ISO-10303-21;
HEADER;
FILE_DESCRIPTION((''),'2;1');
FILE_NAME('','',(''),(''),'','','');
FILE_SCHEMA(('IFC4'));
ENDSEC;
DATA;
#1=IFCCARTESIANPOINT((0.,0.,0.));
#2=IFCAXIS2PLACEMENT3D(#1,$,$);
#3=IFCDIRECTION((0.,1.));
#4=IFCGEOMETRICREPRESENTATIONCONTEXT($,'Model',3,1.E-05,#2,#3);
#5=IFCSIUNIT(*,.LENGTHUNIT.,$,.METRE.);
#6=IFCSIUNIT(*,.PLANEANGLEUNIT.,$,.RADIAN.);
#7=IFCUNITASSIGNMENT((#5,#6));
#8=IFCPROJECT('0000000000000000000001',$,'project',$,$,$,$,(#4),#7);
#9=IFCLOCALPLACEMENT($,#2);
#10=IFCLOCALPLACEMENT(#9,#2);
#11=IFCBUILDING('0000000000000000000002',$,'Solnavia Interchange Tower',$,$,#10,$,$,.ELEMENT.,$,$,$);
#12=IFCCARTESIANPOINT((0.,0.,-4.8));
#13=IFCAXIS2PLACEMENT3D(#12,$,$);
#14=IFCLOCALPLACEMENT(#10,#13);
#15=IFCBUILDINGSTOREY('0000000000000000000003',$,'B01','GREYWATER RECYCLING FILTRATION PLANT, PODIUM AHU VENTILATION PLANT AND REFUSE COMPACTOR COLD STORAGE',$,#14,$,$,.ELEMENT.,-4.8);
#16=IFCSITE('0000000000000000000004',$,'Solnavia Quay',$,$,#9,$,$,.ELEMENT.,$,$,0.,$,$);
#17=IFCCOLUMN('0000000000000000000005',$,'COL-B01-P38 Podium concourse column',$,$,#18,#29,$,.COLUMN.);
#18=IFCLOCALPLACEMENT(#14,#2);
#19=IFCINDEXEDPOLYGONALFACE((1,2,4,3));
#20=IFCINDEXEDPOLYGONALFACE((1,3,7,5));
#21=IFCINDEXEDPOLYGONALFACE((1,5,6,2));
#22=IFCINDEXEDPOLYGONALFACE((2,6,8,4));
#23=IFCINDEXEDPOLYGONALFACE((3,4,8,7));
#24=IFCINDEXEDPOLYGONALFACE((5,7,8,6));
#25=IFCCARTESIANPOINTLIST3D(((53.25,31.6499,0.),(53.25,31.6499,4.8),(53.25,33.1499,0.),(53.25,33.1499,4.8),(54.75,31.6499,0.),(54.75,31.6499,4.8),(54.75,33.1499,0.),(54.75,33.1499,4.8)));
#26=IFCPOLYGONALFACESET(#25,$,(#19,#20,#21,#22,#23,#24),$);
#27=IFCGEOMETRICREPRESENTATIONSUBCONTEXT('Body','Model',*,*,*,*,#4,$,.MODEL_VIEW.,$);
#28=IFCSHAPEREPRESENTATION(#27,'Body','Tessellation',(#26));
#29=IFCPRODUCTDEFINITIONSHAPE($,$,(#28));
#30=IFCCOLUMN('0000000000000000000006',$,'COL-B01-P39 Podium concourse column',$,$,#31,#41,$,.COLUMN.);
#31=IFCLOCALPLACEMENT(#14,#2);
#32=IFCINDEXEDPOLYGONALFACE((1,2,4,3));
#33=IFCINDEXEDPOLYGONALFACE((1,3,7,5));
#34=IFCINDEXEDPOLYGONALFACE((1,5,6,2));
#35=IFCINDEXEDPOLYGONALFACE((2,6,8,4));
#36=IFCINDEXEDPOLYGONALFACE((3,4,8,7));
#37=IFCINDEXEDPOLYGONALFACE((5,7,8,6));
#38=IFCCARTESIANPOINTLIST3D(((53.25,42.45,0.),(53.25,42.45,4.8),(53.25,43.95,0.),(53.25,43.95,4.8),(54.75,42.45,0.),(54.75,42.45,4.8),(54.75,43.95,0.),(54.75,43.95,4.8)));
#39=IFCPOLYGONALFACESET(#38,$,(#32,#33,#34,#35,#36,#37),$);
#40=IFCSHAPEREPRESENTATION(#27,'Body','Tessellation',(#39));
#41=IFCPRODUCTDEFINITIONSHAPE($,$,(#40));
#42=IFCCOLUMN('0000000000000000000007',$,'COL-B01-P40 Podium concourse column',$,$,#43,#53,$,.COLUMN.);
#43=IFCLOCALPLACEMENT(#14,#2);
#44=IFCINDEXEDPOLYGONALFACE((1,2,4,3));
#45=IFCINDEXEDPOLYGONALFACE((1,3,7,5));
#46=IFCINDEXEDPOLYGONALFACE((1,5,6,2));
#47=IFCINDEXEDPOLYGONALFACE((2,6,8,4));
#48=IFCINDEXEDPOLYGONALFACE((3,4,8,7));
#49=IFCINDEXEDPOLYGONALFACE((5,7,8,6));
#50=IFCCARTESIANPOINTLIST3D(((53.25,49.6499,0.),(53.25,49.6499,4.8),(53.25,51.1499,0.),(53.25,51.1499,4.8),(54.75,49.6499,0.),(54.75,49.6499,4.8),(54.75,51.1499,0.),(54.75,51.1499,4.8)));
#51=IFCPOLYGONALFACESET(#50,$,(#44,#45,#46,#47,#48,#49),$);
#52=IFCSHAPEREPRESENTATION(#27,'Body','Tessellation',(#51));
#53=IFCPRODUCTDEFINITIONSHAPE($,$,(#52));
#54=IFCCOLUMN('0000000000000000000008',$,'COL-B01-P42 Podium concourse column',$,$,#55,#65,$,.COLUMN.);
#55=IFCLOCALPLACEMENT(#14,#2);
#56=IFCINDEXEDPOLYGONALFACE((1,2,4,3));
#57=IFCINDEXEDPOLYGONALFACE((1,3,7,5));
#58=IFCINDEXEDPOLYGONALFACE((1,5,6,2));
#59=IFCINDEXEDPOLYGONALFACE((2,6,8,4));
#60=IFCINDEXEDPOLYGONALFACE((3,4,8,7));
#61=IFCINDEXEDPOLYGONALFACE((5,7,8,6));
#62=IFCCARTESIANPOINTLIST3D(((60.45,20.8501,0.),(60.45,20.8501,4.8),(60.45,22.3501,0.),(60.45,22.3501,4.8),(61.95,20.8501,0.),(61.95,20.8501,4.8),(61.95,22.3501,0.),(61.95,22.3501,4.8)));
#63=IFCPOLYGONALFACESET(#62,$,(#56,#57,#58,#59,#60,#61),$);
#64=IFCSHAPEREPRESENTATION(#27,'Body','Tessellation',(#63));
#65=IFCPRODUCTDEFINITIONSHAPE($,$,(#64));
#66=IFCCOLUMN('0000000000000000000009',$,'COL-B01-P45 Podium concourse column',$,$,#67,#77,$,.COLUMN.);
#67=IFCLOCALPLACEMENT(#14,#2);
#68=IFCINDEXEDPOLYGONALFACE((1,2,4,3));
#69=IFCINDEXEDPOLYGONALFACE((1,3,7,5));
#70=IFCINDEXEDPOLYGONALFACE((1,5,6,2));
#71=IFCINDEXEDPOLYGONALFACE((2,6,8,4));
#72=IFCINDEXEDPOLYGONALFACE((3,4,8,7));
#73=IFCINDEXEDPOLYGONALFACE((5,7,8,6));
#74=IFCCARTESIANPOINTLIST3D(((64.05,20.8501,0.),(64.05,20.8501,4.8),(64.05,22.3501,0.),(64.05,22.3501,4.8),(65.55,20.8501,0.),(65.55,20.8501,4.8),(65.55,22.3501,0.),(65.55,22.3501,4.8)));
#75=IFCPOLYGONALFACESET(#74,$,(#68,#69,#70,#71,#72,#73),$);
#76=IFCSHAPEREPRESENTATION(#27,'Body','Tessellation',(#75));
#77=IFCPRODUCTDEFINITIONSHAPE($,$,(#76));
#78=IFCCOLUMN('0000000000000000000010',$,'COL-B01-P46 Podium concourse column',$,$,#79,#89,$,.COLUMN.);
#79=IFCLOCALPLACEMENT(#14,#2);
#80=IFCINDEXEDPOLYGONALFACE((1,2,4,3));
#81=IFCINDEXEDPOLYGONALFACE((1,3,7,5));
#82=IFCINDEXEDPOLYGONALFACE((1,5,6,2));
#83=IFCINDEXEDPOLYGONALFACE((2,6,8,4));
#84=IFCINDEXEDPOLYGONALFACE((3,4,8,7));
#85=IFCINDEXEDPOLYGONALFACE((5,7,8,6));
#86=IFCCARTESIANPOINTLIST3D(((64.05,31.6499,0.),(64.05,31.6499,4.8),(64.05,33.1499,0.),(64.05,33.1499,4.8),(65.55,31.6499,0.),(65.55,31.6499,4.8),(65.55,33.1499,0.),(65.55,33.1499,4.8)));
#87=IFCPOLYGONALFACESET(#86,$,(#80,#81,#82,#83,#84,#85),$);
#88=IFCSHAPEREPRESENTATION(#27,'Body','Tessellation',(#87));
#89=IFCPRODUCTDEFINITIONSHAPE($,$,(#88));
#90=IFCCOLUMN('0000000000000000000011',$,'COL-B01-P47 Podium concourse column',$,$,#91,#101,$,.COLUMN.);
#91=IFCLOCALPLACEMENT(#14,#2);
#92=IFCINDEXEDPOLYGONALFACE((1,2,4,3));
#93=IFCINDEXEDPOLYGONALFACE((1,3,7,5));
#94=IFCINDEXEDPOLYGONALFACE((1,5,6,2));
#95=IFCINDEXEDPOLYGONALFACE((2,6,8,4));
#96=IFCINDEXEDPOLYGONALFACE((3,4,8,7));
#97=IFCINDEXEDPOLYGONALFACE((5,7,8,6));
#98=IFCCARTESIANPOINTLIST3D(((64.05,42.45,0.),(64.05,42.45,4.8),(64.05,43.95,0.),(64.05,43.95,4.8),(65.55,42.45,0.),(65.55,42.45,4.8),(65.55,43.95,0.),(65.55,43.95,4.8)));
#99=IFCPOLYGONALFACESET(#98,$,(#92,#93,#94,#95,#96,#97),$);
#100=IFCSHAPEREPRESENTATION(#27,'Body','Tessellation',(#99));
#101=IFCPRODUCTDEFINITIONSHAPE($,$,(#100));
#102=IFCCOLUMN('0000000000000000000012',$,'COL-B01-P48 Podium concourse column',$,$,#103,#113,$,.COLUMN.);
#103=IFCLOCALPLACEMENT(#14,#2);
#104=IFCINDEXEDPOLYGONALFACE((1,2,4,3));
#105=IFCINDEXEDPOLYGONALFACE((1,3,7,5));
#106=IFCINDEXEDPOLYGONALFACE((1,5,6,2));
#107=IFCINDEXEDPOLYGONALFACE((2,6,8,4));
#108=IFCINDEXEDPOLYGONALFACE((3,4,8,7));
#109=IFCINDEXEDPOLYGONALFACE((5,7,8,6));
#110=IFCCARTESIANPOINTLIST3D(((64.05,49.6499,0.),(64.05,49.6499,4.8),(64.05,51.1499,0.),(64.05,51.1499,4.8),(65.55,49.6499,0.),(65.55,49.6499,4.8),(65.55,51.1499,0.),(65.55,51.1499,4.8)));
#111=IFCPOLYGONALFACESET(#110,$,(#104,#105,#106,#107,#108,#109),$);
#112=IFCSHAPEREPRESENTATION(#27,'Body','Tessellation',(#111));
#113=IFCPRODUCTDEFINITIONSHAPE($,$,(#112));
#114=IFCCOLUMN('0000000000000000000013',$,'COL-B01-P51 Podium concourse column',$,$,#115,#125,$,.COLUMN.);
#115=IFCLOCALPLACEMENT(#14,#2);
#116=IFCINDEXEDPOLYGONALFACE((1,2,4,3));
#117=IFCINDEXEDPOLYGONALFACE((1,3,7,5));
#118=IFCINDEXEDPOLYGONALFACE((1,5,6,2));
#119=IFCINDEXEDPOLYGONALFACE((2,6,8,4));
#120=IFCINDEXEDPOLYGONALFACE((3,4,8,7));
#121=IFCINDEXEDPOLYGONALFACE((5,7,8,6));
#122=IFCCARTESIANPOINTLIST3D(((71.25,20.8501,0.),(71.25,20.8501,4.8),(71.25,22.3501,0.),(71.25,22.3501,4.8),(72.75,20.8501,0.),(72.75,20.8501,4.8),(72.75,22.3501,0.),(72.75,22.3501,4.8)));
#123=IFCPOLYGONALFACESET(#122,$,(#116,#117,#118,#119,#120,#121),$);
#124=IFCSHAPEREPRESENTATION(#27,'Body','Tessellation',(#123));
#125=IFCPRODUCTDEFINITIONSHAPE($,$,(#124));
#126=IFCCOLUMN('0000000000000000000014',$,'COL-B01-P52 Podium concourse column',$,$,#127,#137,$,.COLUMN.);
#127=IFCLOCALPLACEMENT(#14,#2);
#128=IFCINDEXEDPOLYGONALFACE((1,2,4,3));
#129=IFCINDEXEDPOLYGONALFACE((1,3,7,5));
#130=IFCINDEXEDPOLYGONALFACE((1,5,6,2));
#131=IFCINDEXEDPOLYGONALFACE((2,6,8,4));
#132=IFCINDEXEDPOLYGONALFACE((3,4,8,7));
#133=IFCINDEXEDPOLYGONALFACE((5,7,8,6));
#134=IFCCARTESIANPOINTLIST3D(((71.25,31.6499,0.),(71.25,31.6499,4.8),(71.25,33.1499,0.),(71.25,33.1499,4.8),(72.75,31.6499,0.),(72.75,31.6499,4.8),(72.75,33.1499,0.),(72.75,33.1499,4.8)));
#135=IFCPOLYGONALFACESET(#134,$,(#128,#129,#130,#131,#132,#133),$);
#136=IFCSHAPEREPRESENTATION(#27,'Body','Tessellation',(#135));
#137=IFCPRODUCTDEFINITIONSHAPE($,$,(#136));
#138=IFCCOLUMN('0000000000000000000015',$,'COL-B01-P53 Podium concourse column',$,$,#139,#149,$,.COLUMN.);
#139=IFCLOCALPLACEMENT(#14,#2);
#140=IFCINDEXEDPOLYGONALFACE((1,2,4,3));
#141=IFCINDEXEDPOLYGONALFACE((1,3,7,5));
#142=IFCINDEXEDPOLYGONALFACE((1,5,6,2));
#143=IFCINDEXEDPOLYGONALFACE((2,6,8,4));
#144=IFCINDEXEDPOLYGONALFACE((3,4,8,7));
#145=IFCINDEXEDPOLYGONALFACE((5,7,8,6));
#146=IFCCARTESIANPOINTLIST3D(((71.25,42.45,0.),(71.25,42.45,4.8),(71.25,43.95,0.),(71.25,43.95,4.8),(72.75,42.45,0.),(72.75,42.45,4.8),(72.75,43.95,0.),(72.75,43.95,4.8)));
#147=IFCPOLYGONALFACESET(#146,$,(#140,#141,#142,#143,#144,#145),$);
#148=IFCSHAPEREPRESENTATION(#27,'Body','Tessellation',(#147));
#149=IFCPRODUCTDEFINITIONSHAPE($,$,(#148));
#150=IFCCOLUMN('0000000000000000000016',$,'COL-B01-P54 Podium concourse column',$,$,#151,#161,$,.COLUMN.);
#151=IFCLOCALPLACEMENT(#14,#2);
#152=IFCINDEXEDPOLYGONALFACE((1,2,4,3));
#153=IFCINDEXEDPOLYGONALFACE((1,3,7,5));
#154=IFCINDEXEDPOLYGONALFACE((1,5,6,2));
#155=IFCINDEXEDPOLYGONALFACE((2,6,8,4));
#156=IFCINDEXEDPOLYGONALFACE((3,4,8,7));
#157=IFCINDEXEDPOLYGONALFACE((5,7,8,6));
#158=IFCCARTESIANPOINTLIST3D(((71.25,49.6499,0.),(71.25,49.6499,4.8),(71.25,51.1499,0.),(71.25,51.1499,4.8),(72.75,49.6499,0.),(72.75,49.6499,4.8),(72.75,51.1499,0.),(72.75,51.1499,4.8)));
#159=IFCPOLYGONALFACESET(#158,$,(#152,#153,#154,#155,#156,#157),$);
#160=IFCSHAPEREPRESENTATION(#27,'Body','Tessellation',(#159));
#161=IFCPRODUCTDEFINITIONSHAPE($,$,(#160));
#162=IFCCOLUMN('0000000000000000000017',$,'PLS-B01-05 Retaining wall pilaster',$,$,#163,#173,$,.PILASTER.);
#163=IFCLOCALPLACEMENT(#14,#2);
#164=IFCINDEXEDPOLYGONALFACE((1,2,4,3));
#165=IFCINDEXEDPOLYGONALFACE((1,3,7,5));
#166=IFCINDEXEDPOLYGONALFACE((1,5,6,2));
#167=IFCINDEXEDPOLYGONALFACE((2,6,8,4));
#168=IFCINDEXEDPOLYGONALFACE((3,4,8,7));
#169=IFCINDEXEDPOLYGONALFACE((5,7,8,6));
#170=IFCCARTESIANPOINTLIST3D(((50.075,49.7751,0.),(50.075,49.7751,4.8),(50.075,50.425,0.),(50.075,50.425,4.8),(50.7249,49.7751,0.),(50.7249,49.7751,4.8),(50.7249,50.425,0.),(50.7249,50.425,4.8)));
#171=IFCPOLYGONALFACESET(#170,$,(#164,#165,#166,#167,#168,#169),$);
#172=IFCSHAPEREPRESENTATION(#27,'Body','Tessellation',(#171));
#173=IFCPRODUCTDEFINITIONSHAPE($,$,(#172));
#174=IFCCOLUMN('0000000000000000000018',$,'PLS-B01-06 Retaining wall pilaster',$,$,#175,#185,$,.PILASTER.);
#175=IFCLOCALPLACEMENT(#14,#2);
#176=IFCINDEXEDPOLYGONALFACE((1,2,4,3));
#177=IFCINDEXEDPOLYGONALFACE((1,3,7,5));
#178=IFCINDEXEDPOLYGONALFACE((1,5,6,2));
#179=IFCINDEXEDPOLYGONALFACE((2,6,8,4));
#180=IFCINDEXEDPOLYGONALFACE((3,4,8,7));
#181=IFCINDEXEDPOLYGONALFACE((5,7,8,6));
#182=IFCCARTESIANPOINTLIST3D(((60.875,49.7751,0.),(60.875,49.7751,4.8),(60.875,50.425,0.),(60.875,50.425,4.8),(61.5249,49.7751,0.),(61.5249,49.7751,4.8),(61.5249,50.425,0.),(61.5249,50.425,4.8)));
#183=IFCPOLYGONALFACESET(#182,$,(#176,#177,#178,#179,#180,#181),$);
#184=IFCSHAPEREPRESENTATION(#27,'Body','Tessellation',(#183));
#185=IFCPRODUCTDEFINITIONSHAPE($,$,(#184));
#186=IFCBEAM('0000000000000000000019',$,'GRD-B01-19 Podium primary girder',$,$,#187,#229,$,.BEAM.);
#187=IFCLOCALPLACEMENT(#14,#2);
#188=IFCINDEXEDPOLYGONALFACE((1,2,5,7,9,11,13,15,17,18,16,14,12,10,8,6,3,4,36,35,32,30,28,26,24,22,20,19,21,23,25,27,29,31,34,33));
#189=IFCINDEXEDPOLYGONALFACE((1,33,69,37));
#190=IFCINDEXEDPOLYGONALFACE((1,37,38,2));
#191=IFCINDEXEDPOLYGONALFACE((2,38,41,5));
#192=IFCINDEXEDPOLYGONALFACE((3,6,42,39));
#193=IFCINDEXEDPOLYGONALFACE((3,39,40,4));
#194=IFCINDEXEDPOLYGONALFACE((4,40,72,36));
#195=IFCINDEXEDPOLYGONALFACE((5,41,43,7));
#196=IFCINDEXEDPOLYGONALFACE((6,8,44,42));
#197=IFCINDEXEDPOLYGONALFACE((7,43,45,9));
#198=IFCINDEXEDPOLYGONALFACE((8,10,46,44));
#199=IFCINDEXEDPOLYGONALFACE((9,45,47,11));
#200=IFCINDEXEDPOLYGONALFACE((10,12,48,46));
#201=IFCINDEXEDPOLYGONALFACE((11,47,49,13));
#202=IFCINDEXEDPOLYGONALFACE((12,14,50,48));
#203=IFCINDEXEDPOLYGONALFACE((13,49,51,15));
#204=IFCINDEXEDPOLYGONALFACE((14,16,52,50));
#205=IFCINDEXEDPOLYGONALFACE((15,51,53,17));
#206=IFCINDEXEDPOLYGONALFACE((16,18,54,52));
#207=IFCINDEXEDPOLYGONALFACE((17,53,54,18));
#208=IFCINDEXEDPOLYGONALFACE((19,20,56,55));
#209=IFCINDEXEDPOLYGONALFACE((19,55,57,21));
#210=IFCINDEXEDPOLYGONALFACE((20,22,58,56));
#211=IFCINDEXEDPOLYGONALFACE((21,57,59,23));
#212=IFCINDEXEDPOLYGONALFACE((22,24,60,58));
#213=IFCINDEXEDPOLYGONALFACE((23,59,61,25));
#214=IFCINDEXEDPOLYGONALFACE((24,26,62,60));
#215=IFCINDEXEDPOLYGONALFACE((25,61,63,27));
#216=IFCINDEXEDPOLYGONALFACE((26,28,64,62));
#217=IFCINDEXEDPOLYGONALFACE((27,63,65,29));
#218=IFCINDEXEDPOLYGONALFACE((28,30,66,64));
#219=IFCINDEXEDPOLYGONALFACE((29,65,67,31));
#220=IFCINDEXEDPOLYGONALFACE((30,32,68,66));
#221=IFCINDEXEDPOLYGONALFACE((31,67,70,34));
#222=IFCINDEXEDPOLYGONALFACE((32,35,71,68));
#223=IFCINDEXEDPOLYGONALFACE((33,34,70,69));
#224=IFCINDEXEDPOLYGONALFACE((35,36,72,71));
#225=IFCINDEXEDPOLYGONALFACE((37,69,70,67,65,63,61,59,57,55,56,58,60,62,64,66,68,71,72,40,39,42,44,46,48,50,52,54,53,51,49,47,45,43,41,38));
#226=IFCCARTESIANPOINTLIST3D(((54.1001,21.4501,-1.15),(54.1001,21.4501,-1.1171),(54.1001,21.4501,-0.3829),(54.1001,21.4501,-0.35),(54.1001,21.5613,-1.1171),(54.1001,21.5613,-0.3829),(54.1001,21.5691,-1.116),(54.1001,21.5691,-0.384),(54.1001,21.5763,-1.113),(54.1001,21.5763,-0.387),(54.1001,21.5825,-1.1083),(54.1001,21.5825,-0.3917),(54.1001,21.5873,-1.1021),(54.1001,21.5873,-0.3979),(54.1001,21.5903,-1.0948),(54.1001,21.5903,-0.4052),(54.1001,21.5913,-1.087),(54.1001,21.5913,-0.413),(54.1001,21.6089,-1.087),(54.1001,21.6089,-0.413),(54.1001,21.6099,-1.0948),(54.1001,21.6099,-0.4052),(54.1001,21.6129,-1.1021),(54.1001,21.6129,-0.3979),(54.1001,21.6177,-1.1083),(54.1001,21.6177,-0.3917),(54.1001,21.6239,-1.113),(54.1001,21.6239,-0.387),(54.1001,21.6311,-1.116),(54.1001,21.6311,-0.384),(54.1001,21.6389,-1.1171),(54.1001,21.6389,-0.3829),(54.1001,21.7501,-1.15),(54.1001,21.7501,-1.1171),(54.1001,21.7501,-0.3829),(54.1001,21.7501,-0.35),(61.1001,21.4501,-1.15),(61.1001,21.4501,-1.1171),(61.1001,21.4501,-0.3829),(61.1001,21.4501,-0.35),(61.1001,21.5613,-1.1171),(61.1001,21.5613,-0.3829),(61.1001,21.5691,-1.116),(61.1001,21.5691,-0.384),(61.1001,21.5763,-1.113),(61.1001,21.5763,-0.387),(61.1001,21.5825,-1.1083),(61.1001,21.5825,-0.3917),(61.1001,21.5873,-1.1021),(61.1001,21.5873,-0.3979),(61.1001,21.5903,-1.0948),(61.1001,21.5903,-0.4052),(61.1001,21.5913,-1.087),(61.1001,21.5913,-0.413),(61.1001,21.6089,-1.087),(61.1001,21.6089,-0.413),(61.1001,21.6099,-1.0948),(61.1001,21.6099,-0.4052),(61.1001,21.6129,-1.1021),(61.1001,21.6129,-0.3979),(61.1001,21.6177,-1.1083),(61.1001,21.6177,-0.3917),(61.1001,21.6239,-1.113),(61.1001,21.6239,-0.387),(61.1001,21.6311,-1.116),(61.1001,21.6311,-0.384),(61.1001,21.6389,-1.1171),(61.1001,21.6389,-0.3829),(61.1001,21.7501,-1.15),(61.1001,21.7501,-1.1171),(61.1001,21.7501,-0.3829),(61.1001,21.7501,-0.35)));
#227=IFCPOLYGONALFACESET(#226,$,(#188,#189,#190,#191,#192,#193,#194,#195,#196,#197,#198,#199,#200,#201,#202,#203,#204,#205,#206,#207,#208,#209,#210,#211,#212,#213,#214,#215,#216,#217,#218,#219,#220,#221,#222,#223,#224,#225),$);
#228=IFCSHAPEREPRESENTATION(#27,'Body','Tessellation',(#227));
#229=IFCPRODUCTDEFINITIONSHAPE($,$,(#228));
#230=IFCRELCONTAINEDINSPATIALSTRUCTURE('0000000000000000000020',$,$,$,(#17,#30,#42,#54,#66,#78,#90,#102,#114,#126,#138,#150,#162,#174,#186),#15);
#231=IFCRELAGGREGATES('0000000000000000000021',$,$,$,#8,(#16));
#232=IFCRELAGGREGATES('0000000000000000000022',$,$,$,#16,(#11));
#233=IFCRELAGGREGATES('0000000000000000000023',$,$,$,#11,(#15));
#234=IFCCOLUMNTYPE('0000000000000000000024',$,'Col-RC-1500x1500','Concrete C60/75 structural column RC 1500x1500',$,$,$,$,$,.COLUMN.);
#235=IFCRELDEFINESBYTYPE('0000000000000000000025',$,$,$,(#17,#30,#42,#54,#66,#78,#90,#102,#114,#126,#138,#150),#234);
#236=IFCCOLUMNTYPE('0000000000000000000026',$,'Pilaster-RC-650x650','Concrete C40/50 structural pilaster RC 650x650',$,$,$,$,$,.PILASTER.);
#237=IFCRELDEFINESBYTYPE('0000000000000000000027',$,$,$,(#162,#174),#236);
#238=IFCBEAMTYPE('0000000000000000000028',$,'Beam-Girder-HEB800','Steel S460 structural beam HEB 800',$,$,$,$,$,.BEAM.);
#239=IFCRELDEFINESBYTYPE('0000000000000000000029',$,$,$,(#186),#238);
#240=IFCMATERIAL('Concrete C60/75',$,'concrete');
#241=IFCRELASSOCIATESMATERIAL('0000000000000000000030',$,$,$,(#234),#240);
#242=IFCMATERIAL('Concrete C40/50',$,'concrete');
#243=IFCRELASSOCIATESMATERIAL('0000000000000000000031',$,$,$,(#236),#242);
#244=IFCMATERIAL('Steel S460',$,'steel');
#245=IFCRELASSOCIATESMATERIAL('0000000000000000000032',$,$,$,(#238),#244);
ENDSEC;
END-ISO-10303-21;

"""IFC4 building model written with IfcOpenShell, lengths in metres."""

from ifc_helpers import new_model, si_unit, direction, frame, origin, origin_2d, place, context, subcontext, project, spatial, rectangle, i_section, extrude, material, material_profile, profile_set, type_object, element, save


model = new_model("IFC4")

# Units and contexts
model_context = context("Model", 3, precision=1e-05, world=origin(), true_north=direction((0.0, 1.0)))
body_context = subcontext(model_context, "Body", "Model", "MODEL_VIEW")
ifc_project = project(units=[si_unit("LENGTHUNIT", "METRE"), si_unit("PLANEANGLEUNIT", "RADIAN")], contexts=[model_context])

# Site, building, storey
site_placement = place(None, origin())
site = spatial("IfcSite", under=ifc_project, at=site_placement, Name="Solnavia Quay", CompositionType="ELEMENT", RefElevation=0.0)
building_placement = place(site_placement, origin())
building = spatial("IfcBuilding", under=site, at=building_placement, Name="Solnavia Interchange Tower", CompositionType="ELEMENT")
storey_placement = place(building_placement, frame((0.0, 0.0, -4.8)))
storey = spatial("IfcBuildingStorey", under=building, at=storey_placement, Name="B01", Description="GREYWATER RECYCLING FILTRATION PLANT, PODIUM AHU VENTILATION PLANT AND REFUSE COMPACTOR COLD STORAGE", CompositionType="ELEMENT", Elevation=-4.8)

# Columns
ifc_material_1 = material(Name="Concrete C60/75", Category="concrete")
ifc_material_profile_1 = material_profile(ifc_material_1, rectangle(XDim=1.5, YDim=1.5, at=origin_2d()), Name="RC 1500x1500")
ifc_profile_set_1 = profile_set([ifc_material_profile_1], Name="Concrete C60/75")
column_type_1 = type_object("IfcColumnType", Name="Col-RC-1500x1500", Description="Concrete C60/75 structural column RC 1500x1500", PredefinedType="COLUMN", material=ifc_profile_set_1)
for number, where, z_axis, x_axis, name in (
    (1, (54.0, 32.3999, 0.0), (0.0, 0.0, 1.0), (1.0, 0.0, 0.0), "COL-B01-P38 Podium concourse column"),
    (2, (54.0, 43.2, 0.0), (0.0, 0.0, 1.0), (1.0, 0.0, 0.0), "COL-B01-P39 Podium concourse column"),
    (3, (54.0, 50.3999, 0.0), (0.0, 0.0, 1.0), (1.0, 0.0, 0.0), "COL-B01-P40 Podium concourse column"),
    (4, (61.2, 21.6001, 0.0), (0.0, 0.0, 1.0), (1.0, 0.0, 0.0), "COL-B01-P42 Podium concourse column"),
    (5, (64.8, 21.6001, 0.0), (0.0, 0.0, 1.0), (1.0, 0.0, 0.0), "COL-B01-P45 Podium concourse column"),
    (6, (64.8, 32.3999, 0.0), (0.0, 0.0, 1.0), (1.0, 0.0, 0.0), "COL-B01-P46 Podium concourse column"),
    (7, (64.8, 43.2, 0.0), (0.0, 0.0, 1.0), (1.0, 0.0, 0.0), "COL-B01-P47 Podium concourse column"),
    (8, (64.8, 50.3999, 0.0), (0.0, 0.0, 1.0), (1.0, 0.0, 0.0), "COL-B01-P48 Podium concourse column"),
    (9, (72.0, 21.6001, 0.0), (0.0, 0.0, 1.0), (1.0, 0.0, 0.0), "COL-B01-P51 Podium concourse column"),
    (10, (72.0, 32.3999, 0.0), (0.0, 0.0, 1.0), (1.0, 0.0, 0.0), "COL-B01-P52 Podium concourse column"),
    (11, (72.0, 43.2, 0.0), (0.0, 0.0, 1.0), (1.0, 0.0, 0.0), "COL-B01-P53 Podium concourse column"),
    (12, (72.0, 50.3999, 0.0), (0.0, 0.0, 1.0), (1.0, 0.0, 0.0), "COL-B01-P54 Podium concourse column"),
):
    element("IfcColumn", number, at=place(storey_placement, frame(where, z_axis=z_axis, x_axis=x_axis)), inside=storey, type_object=column_type_1, Name=name, PredefinedType="COLUMN", context=body_context, shape_type="SweptSolid", body=[
        extrude(rectangle(XDim=1.5, YDim=1.5, at=origin_2d()), origin(), (0.0, 0.0, 1.0), 4.8),
    ])
ifc_material_2 = material(Name="Concrete C40/50", Category="concrete")
ifc_material_profile_2 = material_profile(ifc_material_2, rectangle(XDim=0.6499, YDim=0.6499, at=origin_2d()), Name="RC 650x650")
ifc_profile_set_2 = profile_set([ifc_material_profile_2], Name="Concrete C40/50")
column_type_2 = type_object("IfcColumnType", Name="Pilaster-RC-650x650", Description="Concrete C40/50 structural pilaster RC 650x650", PredefinedType="PILASTER", material=ifc_profile_set_2)
for number, where, z_axis, x_axis, name in (
    (13, (50.3999, 50.1001, 0.0), (0.0, 0.0, 1.0), (1.0, 0.0, 0.0), "PLS-B01-05 Retaining wall pilaster"),
    (14, (61.2, 50.1001, 0.0), (0.0, 0.0, 1.0), (1.0, 0.0, 0.0), "PLS-B01-06 Retaining wall pilaster"),
):
    element("IfcColumn", number, at=place(storey_placement, frame(where, z_axis=z_axis, x_axis=x_axis)), inside=storey, type_object=column_type_2, Name=name, PredefinedType="PILASTER", context=body_context, shape_type="SweptSolid", body=[
        extrude(rectangle(XDim=0.6499, YDim=0.6499, at=origin_2d()), origin(), (0.0, 0.0, 1.0), 4.8),
    ])

# Beam
ifc_material_3 = material(Name="Steel S460", Category="steel")
ifc_material_profile_3 = material_profile(ifc_material_3, i_section(OverallWidth=0.3, OverallDepth=0.8, WebThickness=0.0176, FlangeThickness=0.033, FilletRadius=0.03, at=origin_2d()), Name="HEB 800")
ifc_profile_set_3 = profile_set([ifc_material_profile_3], Name="Steel S460")
beam_type_1 = type_object("IfcBeamType", Name="Beam-Girder-HEB800", Description="Steel S460 structural beam HEB 800", PredefinedType="BEAM", material=ifc_profile_set_3)
beam_1_placement = place(storey_placement, frame((54.1001, 21.6001, -0.75), z_axis=(1.0, 0.0, 0.0), x_axis=(0.0, 1.0, 0.0)))
element("IfcBeam", 15, at=beam_1_placement, inside=storey, type_object=beam_type_1, Name="GRD-B01-19 Podium primary girder", PredefinedType="BEAM", context=body_context, shape_type="SweptSolid", body=[
    extrude(i_section(OverallWidth=0.3, OverallDepth=0.8, WebThickness=0.0176, FlangeThickness=0.033, FilletRadius=0.03, at=origin_2d()), origin(), (0.0, 0.0, 1.0), 7.0),
])

save(model, "model.ifc")
